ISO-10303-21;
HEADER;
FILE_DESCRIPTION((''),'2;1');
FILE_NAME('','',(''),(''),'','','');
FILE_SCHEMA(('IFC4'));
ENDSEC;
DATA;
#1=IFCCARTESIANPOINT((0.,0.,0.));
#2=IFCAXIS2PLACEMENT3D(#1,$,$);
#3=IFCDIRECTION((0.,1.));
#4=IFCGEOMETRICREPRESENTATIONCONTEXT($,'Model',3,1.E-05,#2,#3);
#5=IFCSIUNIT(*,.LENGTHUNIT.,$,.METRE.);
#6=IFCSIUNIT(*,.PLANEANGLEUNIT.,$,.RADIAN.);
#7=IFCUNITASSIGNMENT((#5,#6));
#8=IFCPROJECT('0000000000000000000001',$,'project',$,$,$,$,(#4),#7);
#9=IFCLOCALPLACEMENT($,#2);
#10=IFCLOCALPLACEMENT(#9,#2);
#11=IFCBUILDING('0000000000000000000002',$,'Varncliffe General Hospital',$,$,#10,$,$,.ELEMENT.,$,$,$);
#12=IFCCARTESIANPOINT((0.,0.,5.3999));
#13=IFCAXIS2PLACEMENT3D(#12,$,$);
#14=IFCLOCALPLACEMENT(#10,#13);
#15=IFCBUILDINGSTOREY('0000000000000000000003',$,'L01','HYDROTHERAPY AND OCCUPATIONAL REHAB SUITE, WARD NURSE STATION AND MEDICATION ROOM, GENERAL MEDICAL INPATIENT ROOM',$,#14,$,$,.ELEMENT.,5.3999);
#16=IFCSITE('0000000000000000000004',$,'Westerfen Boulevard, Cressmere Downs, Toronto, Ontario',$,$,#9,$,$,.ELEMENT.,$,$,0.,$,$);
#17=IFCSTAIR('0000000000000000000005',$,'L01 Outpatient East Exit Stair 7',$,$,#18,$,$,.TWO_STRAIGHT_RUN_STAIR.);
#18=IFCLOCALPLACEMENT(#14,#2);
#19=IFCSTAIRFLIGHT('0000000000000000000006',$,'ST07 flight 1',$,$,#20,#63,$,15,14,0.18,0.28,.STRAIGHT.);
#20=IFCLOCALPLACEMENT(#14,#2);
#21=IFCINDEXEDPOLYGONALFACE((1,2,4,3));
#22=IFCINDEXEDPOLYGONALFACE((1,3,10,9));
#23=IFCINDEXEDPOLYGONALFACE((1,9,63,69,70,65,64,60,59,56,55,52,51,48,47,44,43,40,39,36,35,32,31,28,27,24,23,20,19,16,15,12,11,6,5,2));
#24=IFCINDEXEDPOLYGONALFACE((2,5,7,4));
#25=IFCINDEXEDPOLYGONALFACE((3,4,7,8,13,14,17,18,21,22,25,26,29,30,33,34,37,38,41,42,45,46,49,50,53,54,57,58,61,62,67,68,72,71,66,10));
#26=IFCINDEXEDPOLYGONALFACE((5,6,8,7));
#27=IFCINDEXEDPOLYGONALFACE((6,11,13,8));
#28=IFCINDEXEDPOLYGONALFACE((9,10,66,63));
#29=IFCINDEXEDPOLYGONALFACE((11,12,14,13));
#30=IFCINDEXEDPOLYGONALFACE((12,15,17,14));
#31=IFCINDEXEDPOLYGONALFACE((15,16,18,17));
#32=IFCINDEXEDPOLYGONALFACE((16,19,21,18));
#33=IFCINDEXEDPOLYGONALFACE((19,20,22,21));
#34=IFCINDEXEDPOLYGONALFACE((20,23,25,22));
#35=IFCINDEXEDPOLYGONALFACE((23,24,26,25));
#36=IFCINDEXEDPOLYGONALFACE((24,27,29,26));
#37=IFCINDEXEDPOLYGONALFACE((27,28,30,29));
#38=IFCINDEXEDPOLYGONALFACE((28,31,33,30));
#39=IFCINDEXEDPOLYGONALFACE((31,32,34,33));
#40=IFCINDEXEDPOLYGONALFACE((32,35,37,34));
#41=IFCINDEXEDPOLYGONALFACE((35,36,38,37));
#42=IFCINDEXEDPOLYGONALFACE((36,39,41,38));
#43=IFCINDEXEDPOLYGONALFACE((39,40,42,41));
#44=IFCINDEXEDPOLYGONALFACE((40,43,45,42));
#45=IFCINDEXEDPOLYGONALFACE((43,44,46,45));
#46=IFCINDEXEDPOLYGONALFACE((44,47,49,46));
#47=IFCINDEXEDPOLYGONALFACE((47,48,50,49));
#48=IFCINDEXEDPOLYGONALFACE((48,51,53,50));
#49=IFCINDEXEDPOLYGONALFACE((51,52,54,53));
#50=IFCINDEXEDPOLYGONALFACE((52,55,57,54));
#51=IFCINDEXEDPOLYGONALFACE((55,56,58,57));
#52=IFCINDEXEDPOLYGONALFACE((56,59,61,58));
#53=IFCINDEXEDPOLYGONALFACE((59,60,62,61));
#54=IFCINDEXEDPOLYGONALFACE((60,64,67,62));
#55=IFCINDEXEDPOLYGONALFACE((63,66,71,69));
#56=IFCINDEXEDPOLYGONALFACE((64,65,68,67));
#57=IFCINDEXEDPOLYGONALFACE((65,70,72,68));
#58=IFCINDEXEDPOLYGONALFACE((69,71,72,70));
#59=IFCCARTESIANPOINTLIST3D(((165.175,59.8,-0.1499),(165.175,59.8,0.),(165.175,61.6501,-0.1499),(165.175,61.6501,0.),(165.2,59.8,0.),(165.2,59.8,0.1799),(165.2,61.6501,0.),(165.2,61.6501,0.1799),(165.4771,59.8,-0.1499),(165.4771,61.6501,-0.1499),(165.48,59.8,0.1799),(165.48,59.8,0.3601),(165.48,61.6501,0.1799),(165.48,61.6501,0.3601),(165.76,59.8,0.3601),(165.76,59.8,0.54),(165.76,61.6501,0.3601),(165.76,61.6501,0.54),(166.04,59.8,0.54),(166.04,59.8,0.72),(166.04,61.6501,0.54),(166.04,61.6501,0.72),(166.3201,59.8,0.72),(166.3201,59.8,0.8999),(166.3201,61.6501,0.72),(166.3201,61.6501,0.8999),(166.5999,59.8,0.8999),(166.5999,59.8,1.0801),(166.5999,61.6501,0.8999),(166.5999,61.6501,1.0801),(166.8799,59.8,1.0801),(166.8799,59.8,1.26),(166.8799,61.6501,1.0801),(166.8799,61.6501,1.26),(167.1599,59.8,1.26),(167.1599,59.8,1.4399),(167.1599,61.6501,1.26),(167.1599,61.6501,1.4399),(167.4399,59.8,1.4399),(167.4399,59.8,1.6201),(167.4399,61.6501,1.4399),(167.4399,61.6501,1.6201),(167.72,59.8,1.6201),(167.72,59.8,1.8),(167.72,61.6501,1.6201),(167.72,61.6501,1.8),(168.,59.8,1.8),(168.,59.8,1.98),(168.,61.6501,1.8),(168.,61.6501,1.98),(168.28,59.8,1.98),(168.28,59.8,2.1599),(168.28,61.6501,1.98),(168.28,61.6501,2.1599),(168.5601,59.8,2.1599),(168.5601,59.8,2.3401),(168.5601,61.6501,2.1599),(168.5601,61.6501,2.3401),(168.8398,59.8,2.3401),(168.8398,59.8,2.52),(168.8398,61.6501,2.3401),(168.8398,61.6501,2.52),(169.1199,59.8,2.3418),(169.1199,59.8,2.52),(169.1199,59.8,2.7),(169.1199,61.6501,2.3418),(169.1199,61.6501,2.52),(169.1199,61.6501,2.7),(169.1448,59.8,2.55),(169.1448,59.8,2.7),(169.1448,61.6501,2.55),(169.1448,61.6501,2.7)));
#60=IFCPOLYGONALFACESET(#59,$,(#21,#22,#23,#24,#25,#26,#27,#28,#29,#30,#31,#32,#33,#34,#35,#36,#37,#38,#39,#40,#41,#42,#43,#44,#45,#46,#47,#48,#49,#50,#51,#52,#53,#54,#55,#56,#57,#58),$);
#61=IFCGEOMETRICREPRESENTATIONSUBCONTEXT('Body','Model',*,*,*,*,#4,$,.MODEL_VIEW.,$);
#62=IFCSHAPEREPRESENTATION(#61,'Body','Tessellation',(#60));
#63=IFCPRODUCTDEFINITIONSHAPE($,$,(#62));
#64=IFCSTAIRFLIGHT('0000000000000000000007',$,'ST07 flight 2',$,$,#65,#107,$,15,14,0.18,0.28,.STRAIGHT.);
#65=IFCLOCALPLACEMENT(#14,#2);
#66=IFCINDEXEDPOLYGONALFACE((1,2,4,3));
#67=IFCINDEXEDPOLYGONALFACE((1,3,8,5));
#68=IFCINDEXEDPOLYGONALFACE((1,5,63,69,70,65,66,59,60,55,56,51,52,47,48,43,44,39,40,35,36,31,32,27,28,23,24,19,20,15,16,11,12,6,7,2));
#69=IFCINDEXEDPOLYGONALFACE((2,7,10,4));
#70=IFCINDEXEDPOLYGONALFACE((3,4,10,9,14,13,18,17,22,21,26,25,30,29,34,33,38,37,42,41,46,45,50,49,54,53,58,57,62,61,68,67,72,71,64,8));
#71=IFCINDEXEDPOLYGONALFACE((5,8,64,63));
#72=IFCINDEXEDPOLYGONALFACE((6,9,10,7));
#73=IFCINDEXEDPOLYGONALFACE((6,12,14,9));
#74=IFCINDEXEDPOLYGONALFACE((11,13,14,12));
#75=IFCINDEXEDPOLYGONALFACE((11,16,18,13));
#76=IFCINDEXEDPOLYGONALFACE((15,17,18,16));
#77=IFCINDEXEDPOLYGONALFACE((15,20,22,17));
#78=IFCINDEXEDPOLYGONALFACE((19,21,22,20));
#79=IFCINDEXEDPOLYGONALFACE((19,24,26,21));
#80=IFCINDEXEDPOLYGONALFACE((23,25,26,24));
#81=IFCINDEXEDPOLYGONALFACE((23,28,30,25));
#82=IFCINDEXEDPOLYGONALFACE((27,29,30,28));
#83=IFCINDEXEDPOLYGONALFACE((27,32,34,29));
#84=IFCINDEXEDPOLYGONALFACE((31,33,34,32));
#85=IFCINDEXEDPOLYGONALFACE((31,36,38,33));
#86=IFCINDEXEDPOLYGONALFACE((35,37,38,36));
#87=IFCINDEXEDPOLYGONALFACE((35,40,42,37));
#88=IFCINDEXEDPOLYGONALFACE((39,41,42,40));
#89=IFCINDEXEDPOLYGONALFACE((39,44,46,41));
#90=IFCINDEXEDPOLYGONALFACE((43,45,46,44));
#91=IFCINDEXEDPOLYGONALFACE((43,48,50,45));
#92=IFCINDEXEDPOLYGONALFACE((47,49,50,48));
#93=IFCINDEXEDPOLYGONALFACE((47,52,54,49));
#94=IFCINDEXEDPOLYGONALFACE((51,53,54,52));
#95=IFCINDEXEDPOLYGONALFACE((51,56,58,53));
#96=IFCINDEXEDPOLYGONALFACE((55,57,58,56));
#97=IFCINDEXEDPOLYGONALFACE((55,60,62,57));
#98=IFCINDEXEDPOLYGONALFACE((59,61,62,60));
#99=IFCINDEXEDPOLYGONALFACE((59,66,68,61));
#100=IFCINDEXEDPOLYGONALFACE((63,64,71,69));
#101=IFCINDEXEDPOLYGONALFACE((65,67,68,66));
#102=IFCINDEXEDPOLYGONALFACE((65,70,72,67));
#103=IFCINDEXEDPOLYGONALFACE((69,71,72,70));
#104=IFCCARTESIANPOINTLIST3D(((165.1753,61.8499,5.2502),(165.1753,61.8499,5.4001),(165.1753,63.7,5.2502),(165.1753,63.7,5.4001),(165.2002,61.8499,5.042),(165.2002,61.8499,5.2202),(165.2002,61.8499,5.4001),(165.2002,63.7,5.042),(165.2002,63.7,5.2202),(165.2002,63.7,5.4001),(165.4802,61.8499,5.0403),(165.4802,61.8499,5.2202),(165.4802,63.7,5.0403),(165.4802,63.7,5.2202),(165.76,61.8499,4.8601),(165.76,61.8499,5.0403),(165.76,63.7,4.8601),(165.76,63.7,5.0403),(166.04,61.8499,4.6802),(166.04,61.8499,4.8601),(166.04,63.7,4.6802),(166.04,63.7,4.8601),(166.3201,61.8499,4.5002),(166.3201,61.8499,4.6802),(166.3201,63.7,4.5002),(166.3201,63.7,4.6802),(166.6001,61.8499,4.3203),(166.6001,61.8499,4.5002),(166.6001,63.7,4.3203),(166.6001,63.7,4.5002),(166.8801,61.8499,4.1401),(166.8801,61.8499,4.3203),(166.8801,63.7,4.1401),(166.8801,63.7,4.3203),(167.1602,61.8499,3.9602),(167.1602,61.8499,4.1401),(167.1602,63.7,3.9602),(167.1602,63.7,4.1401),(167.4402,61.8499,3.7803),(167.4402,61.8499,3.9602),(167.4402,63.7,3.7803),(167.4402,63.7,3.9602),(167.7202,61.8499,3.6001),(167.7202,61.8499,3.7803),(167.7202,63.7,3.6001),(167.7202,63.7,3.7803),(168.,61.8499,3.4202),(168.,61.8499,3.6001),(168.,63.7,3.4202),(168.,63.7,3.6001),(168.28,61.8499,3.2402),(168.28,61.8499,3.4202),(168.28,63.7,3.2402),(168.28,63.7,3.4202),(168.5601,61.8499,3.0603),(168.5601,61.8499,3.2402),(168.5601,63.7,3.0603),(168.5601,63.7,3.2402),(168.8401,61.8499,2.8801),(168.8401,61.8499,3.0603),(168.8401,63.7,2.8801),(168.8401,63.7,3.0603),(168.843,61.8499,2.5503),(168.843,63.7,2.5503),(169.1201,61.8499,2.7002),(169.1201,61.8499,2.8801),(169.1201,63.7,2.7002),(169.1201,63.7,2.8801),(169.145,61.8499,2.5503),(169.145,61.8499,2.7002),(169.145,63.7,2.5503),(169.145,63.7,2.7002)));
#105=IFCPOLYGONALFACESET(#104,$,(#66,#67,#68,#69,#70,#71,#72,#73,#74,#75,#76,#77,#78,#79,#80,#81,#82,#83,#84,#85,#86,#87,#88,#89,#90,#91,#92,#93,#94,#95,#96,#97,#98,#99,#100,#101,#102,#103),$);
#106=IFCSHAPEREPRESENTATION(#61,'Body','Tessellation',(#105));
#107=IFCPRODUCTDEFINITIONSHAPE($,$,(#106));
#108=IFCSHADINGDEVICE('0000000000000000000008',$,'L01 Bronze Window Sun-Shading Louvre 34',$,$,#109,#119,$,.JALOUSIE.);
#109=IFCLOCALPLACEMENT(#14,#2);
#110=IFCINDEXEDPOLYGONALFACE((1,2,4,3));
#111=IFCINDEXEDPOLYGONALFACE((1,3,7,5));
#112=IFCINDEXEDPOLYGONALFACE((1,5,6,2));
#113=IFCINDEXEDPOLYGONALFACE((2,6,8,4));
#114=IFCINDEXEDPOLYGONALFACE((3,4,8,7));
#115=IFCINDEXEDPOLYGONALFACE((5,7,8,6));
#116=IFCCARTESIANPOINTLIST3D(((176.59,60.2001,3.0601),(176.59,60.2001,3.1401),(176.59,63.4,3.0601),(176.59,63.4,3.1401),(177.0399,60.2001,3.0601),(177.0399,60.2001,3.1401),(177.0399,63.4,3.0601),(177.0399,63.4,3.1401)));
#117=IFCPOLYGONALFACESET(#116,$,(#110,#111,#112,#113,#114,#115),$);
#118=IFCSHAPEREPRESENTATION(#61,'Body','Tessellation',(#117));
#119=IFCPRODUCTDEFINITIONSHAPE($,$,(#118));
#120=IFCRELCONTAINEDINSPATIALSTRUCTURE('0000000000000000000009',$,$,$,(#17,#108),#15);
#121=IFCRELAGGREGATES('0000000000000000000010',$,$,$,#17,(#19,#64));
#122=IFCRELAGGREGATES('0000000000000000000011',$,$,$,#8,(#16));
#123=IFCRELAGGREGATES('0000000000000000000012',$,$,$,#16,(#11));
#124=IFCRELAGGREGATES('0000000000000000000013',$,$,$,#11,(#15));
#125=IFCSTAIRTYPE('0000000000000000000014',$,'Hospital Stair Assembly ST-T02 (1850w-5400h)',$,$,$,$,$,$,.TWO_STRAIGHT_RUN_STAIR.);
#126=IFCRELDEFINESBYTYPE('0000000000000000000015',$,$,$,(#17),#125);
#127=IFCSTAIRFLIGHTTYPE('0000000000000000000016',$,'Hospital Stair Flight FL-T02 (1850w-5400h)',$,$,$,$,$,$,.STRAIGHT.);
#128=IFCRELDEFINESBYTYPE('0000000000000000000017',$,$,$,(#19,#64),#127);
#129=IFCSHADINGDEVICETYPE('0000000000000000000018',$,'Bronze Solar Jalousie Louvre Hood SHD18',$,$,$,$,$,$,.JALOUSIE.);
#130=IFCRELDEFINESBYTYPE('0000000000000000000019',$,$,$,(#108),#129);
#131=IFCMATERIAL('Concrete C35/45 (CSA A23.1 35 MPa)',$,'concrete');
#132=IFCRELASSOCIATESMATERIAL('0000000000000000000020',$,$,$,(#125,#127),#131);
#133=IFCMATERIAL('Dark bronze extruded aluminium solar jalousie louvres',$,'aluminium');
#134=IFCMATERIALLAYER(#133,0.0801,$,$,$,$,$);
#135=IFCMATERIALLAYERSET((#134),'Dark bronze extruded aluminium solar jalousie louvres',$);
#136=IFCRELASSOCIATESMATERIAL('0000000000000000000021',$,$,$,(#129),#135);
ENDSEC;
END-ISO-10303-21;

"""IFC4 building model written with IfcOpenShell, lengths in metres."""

from ifc_helpers import new_model, si_unit, direction, frame, origin, origin_2d, place, context, subcontext, project, spatial, polyline, rectangle, outline, extrude, material, layer, layer_set, type_object, element, aggregate, save


model = new_model("IFC4")

# Units and contexts
model_context = context("Model", 3, precision=1e-05, world=origin(), true_north=direction((0.0, 1.0)))
body_context = subcontext(model_context, "Body", "Model", "MODEL_VIEW")
ifc_project = project(units=[si_unit("LENGTHUNIT", "METRE"), si_unit("PLANEANGLEUNIT", "RADIAN")], contexts=[model_context])

# Site, building, storey
site_placement = place(None, origin())
site = spatial("IfcSite", under=ifc_project, at=site_placement, Name="Westerfen Boulevard, Cressmere Downs, Toronto, Ontario", CompositionType="ELEMENT", RefElevation=0.0)
building_placement = place(site_placement, origin())
building = spatial("IfcBuilding", under=site, at=building_placement, Name="Varncliffe General Hospital", CompositionType="ELEMENT")
storey_placement = place(building_placement, frame((0.0, 0.0, 5.3999)))
storey = spatial("IfcBuildingStorey", under=building, at=storey_placement, Name="L01", Description="HYDROTHERAPY AND OCCUPATIONAL REHAB SUITE, WARD NURSE STATION AND MEDICATION ROOM, GENERAL MEDICAL INPATIENT ROOM", CompositionType="ELEMENT", Elevation=5.3999)

# Shared definitions
ifc_material_1 = material(Name="Concrete C35/45 (CSA A23.1 35 MPa)", Category="concrete")

# Stair, stair flights
stair_type = type_object("IfcStairType", Name="Hospital Stair Assembly ST-T02 (1850w-5400h)", PredefinedType="TWO_STRAIGHT_RUN_STAIR", material=ifc_material_1)
stair_placement = place(storey_placement, origin())
stair = element("IfcStair", 1, at=stair_placement, inside=storey, type_object=stair_type, Name="L01 Outpatient East Exit Stair 7", PredefinedType="TWO_STRAIGHT_RUN_STAIR")
stair_flight_type = type_object("IfcStairFlightType", Name="Hospital Stair Flight FL-T02 (1850w-5400h)", PredefinedType="STRAIGHT", material=ifc_material_1)
stair_flight_1_placement = place(storey_placement, frame((165.2, 60.7251, 0.0), z_axis=(0.0, 0.0, 1.0), x_axis=(1.0, 0.0, 0.0)))
stair_flight_1 = element("IfcStairFlight", 2, at=stair_flight_1_placement, type_object=stair_flight_type, Name="ST07 flight 1", NumberOfRisers=15, NumberOfTreads=14, PredefinedType="STRAIGHT", RiserHeight=0.18, TreadLength=0.28, context=body_context, shape_type="SweptSolid", body=[
    extrude(outline(polyline([(-0.0249, -0.1499), (-0.0249, 0.0), (0.0, 0.0), (0.0, 0.1799), (0.28, 0.1799), (0.28, 0.3601), (0.5601, 0.3601), (0.5601, 0.54), (0.8401, 0.54), (0.8401, 0.72), (1.1201, 0.72), (1.1201, 0.8999), (1.3999, 0.8999), (1.3999, 1.0801), (1.6799, 1.0801), (1.6799, 1.26), (1.96, 1.26), (1.96, 1.4399), (2.24, 1.4399), (2.24, 1.6201), (2.52, 1.6201), (2.52, 1.8), (2.8, 1.8), (2.8, 1.98), (3.0801, 1.98), (3.0801, 2.1599), (3.3601, 2.1599), (3.3601, 2.3401), (3.6399, 2.3401), (3.6399, 2.52), (3.9199, 2.52), (3.9199, 2.7), (3.9448, 2.7), (3.9448, 2.55), (3.9199, 2.3418), (0.2771, -0.1499), (-0.0249, -0.1499)])), frame((0.0, 0.925, 0.0), z_axis=(0.0, -1.0, 0.0), x_axis=(1.0, 0.0, 0.0)), (0.0, 0.0, 1.0), 1.8501),
])
stair_flight_2_placement = place(storey_placement, frame((169.1201, 62.7749, 2.7002), z_axis=(0.0, 0.0, 1.0), x_axis=(-1.0, 0.0, 0.0)))
stair_flight_2 = element("IfcStairFlight", 3, at=stair_flight_2_placement, type_object=stair_flight_type, Name="ST07 flight 2", NumberOfRisers=15, NumberOfTreads=14, PredefinedType="STRAIGHT", RiserHeight=0.18, TreadLength=0.28, context=body_context, shape_type="SweptSolid", body=[
    extrude(outline(polyline([(-0.0249, -0.1499), (-0.0249, 0.0), (0.0, 0.0), (0.0, 0.1799), (0.28, 0.1799), (0.28, 0.3601), (0.5601, 0.3601), (0.5601, 0.54), (0.8401, 0.54), (0.8401, 0.72), (1.1201, 0.72), (1.1201, 0.8999), (1.3999, 0.8999), (1.3999, 1.0801), (1.6799, 1.0801), (1.6799, 1.26), (1.96, 1.26), (1.96, 1.4399), (2.24, 1.4399), (2.24, 1.6201), (2.52, 1.6201), (2.52, 1.8), (2.8, 1.8), (2.8, 1.98), (3.0801, 1.98), (3.0801, 2.1599), (3.3601, 2.1599), (3.3601, 2.3401), (3.6399, 2.3401), (3.6399, 2.52), (3.9199, 2.52), (3.9199, 2.7), (3.9448, 2.7), (3.9448, 2.55), (3.9199, 2.3418), (0.2771, -0.1499), (-0.0249, -0.1499)])), frame((0.0, 0.925, 0.0), z_axis=(0.0, -1.0, 0.0), x_axis=(1.0, 0.0, 0.0)), (0.0, 0.0, 1.0), 1.8501),
])
aggregate(stair, [stair_flight_1, stair_flight_2])

# Shading device
ifc_material_2 = material(Name="Dark bronze extruded aluminium solar jalousie louvres", Category="aluminium")
ifc_layer_1 = layer(ifc_material_2, 0.0801)
ifc_layer_set_1 = layer_set([ifc_layer_1], Name="Dark bronze extruded aluminium solar jalousie louvres")
shading_device_type = type_object("IfcShadingDeviceType", Name="Bronze Solar Jalousie Louvre Hood SHD18", PredefinedType="JALOUSIE", material=ifc_layer_set_1)
shading_device_placement = place(storey_placement, frame((176.8149, 61.8, 3.0601), z_axis=(0.0, 0.0, 1.0), x_axis=(0.0, -1.0, 0.0)))
element("IfcShadingDevice", 4, at=shading_device_placement, inside=storey, type_object=shading_device_type, Name="L01 Bronze Window Sun-Shading Louvre 34", PredefinedType="JALOUSIE", context=body_context, shape_type="SweptSolid", body=[
    extrude(rectangle(XDim=3.2, YDim=0.45, at=origin_2d()), origin(), (0.0, 0.0, 1.0), 0.0801),
])

save(model, "model.ifc")
